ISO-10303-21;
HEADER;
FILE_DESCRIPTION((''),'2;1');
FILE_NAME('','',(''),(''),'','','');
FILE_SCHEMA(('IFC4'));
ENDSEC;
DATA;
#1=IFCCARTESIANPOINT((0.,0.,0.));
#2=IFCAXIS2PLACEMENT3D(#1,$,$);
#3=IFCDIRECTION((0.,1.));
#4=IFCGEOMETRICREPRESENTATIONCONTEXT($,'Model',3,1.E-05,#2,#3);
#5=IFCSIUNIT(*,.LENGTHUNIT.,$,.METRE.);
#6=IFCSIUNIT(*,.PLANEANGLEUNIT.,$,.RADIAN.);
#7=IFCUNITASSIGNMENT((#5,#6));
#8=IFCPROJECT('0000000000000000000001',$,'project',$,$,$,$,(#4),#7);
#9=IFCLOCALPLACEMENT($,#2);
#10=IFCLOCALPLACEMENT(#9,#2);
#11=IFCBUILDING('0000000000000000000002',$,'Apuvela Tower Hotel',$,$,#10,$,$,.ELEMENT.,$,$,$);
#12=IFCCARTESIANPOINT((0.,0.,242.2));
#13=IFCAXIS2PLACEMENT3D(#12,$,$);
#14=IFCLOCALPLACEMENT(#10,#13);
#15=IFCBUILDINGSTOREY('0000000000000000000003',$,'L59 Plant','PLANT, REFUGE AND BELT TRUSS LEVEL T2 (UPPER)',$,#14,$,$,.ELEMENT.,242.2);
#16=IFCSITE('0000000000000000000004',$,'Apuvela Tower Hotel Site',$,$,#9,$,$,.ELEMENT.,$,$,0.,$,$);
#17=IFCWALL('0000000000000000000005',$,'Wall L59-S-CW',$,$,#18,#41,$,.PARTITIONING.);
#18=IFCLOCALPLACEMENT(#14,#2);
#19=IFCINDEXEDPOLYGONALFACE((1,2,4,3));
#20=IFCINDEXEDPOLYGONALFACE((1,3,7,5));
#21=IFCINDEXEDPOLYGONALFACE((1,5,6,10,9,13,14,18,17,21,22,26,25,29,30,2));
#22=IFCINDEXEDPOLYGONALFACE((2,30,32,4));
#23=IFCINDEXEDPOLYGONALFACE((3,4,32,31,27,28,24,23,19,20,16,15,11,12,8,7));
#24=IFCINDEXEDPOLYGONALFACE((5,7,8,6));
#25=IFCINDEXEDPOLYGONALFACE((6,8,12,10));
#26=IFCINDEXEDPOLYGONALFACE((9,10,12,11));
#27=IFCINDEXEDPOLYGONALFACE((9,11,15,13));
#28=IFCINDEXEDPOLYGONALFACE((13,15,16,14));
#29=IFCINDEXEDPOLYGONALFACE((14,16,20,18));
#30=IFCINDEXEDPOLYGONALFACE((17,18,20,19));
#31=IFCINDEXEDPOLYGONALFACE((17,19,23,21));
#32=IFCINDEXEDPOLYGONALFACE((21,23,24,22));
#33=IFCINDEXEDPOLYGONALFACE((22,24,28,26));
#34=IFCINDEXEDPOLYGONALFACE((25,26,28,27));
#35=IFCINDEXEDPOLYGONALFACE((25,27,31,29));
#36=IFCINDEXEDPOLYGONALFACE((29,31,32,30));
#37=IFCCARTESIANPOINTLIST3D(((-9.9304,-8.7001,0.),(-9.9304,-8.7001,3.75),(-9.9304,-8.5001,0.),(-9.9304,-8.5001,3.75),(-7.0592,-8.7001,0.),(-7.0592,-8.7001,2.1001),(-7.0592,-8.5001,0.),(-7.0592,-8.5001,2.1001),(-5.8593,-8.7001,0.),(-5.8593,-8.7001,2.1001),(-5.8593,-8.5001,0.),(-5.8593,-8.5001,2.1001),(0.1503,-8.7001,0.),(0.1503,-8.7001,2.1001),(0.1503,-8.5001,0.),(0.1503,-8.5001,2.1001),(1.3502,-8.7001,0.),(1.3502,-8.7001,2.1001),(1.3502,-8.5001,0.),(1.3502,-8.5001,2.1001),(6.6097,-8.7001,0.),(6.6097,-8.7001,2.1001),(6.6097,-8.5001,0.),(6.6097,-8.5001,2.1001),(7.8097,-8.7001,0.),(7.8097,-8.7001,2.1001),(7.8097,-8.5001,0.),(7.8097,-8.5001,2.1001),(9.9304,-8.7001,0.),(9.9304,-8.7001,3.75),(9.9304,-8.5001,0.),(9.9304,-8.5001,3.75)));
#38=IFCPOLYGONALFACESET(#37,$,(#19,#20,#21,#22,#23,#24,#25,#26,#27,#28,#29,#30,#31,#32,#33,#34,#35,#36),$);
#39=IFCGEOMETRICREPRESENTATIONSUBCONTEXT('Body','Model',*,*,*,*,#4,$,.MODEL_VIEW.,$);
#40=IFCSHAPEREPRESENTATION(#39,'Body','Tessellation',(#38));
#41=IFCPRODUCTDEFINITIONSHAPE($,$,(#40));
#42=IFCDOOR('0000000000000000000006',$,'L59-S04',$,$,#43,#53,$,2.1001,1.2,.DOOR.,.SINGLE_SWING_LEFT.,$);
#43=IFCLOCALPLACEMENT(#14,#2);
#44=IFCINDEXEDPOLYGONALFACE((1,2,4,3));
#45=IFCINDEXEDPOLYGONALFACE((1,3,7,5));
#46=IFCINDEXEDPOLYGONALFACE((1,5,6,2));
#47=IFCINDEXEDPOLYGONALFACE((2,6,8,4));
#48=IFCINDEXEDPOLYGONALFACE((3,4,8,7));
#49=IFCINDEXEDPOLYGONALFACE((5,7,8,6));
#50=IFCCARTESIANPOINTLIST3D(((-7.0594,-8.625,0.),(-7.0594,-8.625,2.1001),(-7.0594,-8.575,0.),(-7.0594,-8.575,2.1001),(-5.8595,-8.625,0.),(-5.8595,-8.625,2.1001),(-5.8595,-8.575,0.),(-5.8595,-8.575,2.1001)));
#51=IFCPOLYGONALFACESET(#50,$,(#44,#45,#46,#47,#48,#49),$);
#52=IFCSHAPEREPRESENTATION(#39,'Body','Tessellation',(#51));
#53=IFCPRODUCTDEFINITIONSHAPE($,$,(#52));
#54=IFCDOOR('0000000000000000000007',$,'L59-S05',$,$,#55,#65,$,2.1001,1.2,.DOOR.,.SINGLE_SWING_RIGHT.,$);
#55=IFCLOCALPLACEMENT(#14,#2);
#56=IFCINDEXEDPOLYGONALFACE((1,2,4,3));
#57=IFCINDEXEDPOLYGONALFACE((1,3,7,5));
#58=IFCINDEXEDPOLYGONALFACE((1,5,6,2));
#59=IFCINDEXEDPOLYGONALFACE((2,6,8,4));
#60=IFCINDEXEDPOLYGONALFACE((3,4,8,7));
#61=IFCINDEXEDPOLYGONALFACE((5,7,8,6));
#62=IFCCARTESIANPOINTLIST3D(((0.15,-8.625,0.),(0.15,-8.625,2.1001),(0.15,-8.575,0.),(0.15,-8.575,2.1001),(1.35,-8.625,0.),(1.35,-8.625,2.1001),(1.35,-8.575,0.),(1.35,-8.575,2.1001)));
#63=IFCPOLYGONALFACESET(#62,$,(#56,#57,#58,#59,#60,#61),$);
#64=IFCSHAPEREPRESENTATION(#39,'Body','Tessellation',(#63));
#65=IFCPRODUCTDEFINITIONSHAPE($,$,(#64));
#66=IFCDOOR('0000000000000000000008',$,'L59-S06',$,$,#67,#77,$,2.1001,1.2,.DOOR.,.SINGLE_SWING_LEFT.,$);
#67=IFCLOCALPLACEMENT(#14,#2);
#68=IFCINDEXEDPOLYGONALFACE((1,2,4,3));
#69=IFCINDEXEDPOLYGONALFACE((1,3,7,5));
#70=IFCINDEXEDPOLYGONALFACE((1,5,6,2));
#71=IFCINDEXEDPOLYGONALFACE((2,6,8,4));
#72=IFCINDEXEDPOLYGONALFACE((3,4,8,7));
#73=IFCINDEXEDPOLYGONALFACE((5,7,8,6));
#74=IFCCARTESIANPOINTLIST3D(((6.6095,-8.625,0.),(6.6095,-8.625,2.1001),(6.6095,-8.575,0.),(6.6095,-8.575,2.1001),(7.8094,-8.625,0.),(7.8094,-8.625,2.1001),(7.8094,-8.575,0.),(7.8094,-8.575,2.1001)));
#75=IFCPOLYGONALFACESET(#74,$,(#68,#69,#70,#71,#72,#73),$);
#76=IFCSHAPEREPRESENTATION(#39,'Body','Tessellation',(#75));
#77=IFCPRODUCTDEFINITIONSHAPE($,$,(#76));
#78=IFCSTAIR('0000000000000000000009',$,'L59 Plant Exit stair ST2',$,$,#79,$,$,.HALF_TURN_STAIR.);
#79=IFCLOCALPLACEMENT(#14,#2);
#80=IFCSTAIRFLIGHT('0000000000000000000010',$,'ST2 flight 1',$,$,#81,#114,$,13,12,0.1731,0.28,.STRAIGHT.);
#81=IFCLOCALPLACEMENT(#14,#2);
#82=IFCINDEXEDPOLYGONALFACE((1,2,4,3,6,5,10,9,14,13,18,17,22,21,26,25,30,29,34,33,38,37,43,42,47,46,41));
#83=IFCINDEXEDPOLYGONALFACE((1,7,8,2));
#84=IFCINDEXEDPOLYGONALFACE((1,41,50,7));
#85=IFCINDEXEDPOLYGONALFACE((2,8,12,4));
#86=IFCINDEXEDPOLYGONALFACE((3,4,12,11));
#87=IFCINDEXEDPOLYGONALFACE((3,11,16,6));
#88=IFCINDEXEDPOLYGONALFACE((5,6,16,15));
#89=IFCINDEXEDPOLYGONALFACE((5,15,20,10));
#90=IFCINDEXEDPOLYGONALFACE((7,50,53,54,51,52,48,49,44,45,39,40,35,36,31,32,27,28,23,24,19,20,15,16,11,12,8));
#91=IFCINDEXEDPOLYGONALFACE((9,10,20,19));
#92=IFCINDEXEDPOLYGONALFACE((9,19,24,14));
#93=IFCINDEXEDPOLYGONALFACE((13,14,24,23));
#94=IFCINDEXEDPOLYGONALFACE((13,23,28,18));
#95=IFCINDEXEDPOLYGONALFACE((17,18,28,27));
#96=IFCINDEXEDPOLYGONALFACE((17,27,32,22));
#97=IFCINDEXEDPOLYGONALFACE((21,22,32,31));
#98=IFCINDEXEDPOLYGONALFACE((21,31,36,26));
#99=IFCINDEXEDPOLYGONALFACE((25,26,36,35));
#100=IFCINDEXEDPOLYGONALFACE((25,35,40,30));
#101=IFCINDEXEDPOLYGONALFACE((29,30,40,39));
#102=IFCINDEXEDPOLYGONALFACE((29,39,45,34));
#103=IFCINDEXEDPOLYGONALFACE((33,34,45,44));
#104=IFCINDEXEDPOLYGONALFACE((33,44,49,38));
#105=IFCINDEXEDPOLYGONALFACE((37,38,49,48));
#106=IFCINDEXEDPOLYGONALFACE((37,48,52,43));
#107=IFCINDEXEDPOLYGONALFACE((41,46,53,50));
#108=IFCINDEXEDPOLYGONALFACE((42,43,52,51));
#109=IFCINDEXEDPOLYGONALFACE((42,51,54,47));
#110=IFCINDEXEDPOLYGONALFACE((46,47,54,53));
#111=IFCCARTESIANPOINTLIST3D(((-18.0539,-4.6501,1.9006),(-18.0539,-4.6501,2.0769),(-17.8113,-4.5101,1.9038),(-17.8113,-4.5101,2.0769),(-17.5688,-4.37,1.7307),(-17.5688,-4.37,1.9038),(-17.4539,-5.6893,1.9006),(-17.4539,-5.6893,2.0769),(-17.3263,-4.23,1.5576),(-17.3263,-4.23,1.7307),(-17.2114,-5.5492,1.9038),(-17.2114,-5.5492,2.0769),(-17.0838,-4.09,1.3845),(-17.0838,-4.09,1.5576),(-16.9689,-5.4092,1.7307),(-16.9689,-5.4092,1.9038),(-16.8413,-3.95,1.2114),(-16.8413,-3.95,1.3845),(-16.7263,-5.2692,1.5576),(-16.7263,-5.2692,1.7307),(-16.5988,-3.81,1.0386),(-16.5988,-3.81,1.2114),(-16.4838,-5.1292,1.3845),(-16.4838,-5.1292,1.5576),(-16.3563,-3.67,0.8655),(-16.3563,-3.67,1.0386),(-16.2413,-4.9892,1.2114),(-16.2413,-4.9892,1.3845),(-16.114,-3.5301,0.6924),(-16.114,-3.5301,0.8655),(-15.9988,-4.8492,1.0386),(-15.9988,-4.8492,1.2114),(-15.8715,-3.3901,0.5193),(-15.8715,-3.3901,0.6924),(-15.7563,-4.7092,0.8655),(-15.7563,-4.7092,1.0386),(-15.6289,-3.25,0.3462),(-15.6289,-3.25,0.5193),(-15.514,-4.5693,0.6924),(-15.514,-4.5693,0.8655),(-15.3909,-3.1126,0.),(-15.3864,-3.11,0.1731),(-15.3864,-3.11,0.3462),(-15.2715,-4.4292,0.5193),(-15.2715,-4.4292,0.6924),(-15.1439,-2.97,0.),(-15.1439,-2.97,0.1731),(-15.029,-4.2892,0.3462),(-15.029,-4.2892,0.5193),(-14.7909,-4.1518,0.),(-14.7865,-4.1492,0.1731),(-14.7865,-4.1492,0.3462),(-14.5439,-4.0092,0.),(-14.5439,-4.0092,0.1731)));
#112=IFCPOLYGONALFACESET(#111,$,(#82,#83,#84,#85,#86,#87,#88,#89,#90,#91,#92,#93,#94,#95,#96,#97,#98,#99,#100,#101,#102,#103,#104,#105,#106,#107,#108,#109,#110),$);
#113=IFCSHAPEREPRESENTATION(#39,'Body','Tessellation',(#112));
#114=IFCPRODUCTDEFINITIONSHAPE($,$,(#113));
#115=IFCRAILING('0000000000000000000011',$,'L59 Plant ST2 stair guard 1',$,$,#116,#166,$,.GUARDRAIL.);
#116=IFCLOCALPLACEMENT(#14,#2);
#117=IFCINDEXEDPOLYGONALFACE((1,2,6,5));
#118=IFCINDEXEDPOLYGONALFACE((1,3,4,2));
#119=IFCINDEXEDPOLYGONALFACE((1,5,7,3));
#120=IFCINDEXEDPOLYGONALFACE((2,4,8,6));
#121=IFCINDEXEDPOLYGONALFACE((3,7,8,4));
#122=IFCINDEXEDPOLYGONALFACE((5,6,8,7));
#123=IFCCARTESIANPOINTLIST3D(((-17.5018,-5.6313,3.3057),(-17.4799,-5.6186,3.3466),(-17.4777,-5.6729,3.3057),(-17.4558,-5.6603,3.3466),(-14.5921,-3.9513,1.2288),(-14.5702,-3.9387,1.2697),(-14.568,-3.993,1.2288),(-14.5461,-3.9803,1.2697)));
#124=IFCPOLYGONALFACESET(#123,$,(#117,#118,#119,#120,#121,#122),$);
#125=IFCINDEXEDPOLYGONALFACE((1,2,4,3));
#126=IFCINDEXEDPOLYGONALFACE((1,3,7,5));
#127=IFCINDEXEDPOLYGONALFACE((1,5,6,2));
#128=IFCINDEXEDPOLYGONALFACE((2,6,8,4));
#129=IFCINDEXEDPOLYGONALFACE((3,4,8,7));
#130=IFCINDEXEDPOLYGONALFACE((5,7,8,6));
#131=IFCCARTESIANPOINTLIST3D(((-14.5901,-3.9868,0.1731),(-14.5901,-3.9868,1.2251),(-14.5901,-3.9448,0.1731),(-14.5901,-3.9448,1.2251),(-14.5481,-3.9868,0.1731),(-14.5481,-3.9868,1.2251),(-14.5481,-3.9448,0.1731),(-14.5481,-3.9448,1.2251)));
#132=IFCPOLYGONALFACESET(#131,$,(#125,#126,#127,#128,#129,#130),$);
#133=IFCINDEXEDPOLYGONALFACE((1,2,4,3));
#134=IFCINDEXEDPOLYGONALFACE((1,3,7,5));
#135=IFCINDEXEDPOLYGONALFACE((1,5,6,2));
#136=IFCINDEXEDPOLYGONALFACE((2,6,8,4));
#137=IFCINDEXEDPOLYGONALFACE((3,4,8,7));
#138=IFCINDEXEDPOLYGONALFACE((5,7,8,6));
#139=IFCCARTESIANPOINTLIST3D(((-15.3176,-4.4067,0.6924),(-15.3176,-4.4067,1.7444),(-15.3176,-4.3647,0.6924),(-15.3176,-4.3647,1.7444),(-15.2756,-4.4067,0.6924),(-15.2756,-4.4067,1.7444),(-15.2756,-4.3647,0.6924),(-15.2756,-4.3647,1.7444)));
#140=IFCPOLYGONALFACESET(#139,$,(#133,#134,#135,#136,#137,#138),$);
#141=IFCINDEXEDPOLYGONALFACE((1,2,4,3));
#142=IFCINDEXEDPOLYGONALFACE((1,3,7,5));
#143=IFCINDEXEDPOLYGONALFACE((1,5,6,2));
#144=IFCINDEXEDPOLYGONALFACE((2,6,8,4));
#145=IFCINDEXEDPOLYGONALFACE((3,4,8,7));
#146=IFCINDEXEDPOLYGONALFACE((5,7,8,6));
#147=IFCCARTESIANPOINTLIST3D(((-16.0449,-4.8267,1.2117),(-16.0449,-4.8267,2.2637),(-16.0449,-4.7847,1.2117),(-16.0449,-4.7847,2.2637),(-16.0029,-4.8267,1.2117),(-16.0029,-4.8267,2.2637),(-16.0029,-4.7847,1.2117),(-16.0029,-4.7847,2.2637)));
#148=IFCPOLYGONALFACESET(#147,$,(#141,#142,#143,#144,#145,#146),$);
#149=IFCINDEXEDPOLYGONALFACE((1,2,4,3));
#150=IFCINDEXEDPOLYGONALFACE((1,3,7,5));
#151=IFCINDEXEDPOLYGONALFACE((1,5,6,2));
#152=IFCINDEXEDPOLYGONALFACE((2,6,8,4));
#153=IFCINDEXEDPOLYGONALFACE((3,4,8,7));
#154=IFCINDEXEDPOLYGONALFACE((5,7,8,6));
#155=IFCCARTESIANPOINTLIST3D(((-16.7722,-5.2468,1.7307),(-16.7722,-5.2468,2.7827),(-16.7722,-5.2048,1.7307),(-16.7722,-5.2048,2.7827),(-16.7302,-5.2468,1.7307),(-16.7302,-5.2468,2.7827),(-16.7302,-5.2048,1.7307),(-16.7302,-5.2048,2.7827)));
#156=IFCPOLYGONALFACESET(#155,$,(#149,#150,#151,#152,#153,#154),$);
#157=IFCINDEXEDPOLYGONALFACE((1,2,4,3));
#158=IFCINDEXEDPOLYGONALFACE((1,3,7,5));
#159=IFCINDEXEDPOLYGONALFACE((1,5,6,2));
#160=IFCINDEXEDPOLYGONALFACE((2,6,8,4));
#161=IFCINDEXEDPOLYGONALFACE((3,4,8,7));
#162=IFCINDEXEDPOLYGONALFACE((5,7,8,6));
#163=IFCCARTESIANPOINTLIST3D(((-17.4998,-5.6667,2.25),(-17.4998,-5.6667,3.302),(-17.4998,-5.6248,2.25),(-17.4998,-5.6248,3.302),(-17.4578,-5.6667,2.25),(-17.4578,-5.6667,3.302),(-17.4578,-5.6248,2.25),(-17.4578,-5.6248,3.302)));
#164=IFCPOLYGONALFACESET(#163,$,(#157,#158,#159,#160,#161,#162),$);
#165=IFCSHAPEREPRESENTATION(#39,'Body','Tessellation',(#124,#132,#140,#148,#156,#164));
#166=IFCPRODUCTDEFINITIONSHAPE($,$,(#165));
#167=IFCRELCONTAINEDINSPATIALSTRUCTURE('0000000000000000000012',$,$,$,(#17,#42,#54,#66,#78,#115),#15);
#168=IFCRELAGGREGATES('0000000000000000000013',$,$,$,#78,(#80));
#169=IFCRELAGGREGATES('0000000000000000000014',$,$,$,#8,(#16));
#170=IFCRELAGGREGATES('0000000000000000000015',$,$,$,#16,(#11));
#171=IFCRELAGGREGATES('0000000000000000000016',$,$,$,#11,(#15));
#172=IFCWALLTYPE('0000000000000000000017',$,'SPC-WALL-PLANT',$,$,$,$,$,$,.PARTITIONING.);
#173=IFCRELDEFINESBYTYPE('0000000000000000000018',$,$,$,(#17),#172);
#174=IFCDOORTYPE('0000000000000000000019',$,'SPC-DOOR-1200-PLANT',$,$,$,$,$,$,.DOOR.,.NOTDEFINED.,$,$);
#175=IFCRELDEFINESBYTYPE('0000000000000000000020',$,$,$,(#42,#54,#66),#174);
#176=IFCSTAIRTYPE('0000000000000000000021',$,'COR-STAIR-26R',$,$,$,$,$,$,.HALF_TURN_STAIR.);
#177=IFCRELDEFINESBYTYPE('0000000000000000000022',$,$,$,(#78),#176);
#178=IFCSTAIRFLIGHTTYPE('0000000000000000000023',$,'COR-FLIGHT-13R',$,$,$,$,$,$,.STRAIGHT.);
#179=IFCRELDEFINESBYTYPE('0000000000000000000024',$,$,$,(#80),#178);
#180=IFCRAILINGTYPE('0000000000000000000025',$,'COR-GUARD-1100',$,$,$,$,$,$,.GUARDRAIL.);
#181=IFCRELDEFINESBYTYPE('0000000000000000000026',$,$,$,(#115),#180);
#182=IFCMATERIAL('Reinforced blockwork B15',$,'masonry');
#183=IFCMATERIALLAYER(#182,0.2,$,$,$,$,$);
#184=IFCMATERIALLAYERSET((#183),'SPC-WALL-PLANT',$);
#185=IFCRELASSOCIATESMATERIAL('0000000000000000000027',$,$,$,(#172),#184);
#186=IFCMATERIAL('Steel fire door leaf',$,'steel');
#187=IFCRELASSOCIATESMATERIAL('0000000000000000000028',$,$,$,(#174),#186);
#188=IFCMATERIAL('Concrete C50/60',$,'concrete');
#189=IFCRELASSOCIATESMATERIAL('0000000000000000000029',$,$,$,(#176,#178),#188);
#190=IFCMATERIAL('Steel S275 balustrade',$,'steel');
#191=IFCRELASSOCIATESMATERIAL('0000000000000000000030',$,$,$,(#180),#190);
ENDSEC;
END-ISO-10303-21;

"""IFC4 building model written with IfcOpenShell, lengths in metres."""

from ifc_helpers import new_model, si_unit, direction, frame, frame_2d, origin, origin_2d, place, context, subcontext, project, spatial, polyline, rectangle, outline, extrude, material, layer, layer_set, type_object, element, fill, aggregate, save


model = new_model("IFC4")

# Units and contexts
model_context = context("Model", 3, precision=1e-05, world=origin(), true_north=direction((0.0, 1.0)))
body_context = subcontext(model_context, "Body", "Model", "MODEL_VIEW")
ifc_project = project(units=[si_unit("LENGTHUNIT", "METRE"), si_unit("PLANEANGLEUNIT", "RADIAN")], contexts=[model_context])

# Site, building, storey
site_placement = place(None, origin())
site = spatial("IfcSite", under=ifc_project, at=site_placement, Name="Apuvela Tower Hotel Site", CompositionType="ELEMENT", RefElevation=0.0)
building_placement = place(site_placement, origin())
building = spatial("IfcBuilding", under=site, at=building_placement, Name="Apuvela Tower Hotel", CompositionType="ELEMENT")
storey_placement = place(building_placement, frame((0.0, 0.0, 242.2)))
storey = spatial("IfcBuildingStorey", under=building, at=storey_placement, Name="L59 Plant", Description="PLANT, REFUGE AND BELT TRUSS LEVEL T2 (UPPER)", CompositionType="ELEMENT", Elevation=242.2)

# Shared definitions
ifc_material_1 = material(Name="Concrete C50/60", Category="concrete")

# Shared definitions
ifc_material_2 = material(Name="Reinforced blockwork B15", Category="masonry")
ifc_layer_1 = layer(ifc_material_2, 0.2)
ifc_layer_set_1 = layer_set([ifc_layer_1], Name="SPC-WALL-PLANT")
wall_type_1 = type_object("IfcWallType", Name="SPC-WALL-PLANT", PredefinedType="PARTITIONING", material=ifc_layer_set_1)

# Wall, openings, doors
wall_1_placement = place(storey_placement, frame((-9.9304, -8.6001, 0.0), z_axis=(0.0, 0.0, 1.0), x_axis=(1.0, 0.0, 0.0)))
wall_1 = element("IfcWall", 1, at=wall_1_placement, inside=storey, type_object=wall_type_1, Name="Wall L59-S-CW", PredefinedType="PARTITIONING", context=body_context, shape_type="SweptSolid", body=[
    extrude(rectangle(XDim=19.8608, YDim=0.2, at=frame_2d((9.9304, 0.0))), origin(), (0.0, 0.0, 1.0), 3.75),
])
opening_1_placement = place(wall_1_placement, frame((2.8711, 0.0, 0.0)))
opening_1 = element("IfcOpeningElement", 2, at=opening_1_placement, cuts=wall_1, PredefinedType="OPENING", context=body_context, shape_type="SweptSolid", body=[
    extrude(rectangle(XDim=1.2, YDim=2.1001, at=frame_2d((0.6001, 1.05))), frame((0.0, 0.1099, 0.0), z_axis=(0.0, -1.0, 0.0), x_axis=(1.0, 0.0, 0.0)), (0.0, 0.0, 1.0), 0.22),
])
opening_2_placement = place(wall_1_placement, frame((10.0806, 0.0, 0.0)))
opening_2 = element("IfcOpeningElement", 3, at=opening_2_placement, cuts=wall_1, PredefinedType="OPENING", context=body_context, shape_type="SweptSolid", body=[
    extrude(rectangle(XDim=1.2, YDim=2.1001, at=frame_2d((0.6001, 1.05))), frame((0.0, 0.1099, 0.0), z_axis=(0.0, -1.0, 0.0), x_axis=(1.0, 0.0, 0.0)), (0.0, 0.0, 1.0), 0.22),
])
opening_3_placement = place(wall_1_placement, frame((16.54, 0.0, 0.0)))
opening_3 = element("IfcOpeningElement", 4, at=opening_3_placement, cuts=wall_1, PredefinedType="OPENING", context=body_context, shape_type="SweptSolid", body=[
    extrude(rectangle(XDim=1.2, YDim=2.1001, at=frame_2d((0.6001, 1.05))), frame((0.0, 0.1099, 0.0), z_axis=(0.0, -1.0, 0.0), x_axis=(1.0, 0.0, 0.0)), (0.0, 0.0, 1.0), 0.22),
])
ifc_material_3 = material(Name="Steel fire door leaf", Category="steel")
door_type_1 = type_object("IfcDoorType", Name="SPC-DOOR-1200-PLANT", OperationType="NOTDEFINED", PredefinedType="DOOR", material=ifc_material_3)
door_1_placement = place(opening_1_placement, frame((1.2, 0.0, 0.0), z_axis=(0.0, 0.0, 1.0), x_axis=(-1.0, 0.0, 0.0)))
door_1 = element("IfcDoor", 5, at=door_1_placement, inside=storey, type_object=door_type_1, Name="L59-S04", OperationType="SINGLE_SWING_LEFT", OverallHeight=2.1001, OverallWidth=1.2, PredefinedType="DOOR", context=body_context, shape_type="SweptSolid", body=[
    extrude(rectangle(XDim=1.2, YDim=2.1001, at=frame_2d((0.6001, 1.05))), frame((0.0, 0.0249, 0.0), z_axis=(0.0, -1.0, 0.0), x_axis=(1.0, 0.0, 0.0)), (0.0, 0.0, 1.0), 0.05),
])
fill(opening_1, door_1)
door_2_placement = place(opening_2_placement, frame((1.2, 0.0, 0.0), z_axis=(0.0, 0.0, 1.0), x_axis=(-1.0, 0.0, 0.0)))
door_2 = element("IfcDoor", 6, at=door_2_placement, inside=storey, type_object=door_type_1, Name="L59-S05", OperationType="SINGLE_SWING_RIGHT", OverallHeight=2.1001, OverallWidth=1.2, PredefinedType="DOOR", context=body_context, shape_type="SweptSolid", body=[
    extrude(rectangle(XDim=1.2, YDim=2.1001, at=frame_2d((0.6001, 1.05))), frame((0.0, 0.0249, 0.0), z_axis=(0.0, -1.0, 0.0), x_axis=(1.0, 0.0, 0.0)), (0.0, 0.0, 1.0), 0.05),
])
fill(opening_2, door_2)
door_3_placement = place(opening_3_placement, frame((1.2, 0.0, 0.0), z_axis=(0.0, 0.0, 1.0), x_axis=(-1.0, 0.0, 0.0)))
door_3 = element("IfcDoor", 7, at=door_3_placement, inside=storey, type_object=door_type_1, Name="L59-S06", OperationType="SINGLE_SWING_LEFT", OverallHeight=2.1001, OverallWidth=1.2, PredefinedType="DOOR", context=body_context, shape_type="SweptSolid", body=[
    extrude(rectangle(XDim=1.2, YDim=2.1001, at=frame_2d((0.6001, 1.05))), frame((0.0, 0.0249, 0.0), z_axis=(0.0, -1.0, 0.0), x_axis=(1.0, 0.0, 0.0)), (0.0, 0.0, 1.0), 0.05),
])
fill(opening_3, door_3)

# Stair, stair flight
stair_type = type_object("IfcStairType", Name="COR-STAIR-26R", PredefinedType="HALF_TURN_STAIR", material=ifc_material_1)
stair_placement = place(storey_placement, origin())
stair = element("IfcStair", 8, at=stair_placement, inside=storey, type_object=stair_type, Name="L59 Plant Exit stair ST2", PredefinedType="HALF_TURN_STAIR")
stair_flight_type = type_object("IfcStairFlightType", Name="COR-FLIGHT-13R", PredefinedType="STRAIGHT", material=ifc_material_1)
stair_flight_placement = place(storey_placement, frame((-14.844, -3.4895, 0.0), z_axis=(0.0, 0.0, 1.0), x_axis=(-0.866025, -0.5, 0.0)))
stair_flight = element("IfcStairFlight", 9, at=stair_flight_placement, type_object=stair_flight_type, Name="ST2 flight 1", NumberOfRisers=13, NumberOfTreads=12, PredefinedType="STRAIGHT", RiserHeight=0.1731, TreadLength=0.28, context=body_context, shape_type="SweptSolid", body=[
    extrude(outline(polyline([(0.0, 0.0), (0.0, 0.1731), (0.28, 0.1731), (0.28, 0.3462), (0.5601, 0.3462), (0.5601, 0.5193), (0.8401, 0.5193), (0.8401, 0.6924), (1.1201, 0.6924), (1.1201, 0.8655), (1.3999, 0.8655), (1.3999, 1.0386), (1.6799, 1.0386), (1.6799, 1.2114), (1.96, 1.2114), (1.96, 1.3845), (2.24, 1.3845), (2.24, 1.5576), (2.52, 1.5576), (2.52, 1.7307), (2.8, 1.7307), (2.8, 1.9038), (3.0801, 1.9038), (3.0801, 2.0769), (3.3601, 2.0769), (3.3601, 2.25), (3.3601, 1.9006), (0.2852, 0.0), (0.0, 0.0)])), frame((0.0, 0.6001, 0.0), z_axis=(0.0, -1.0, 0.0), x_axis=(1.0, 0.0, 0.0)), (0.0, 0.0, 1.0), 1.2),
])
aggregate(stair, [stair_flight])

# Railing
ifc_material_4 = material(Name="Steel S275 balustrade", Category="steel")
railing_type = type_object("IfcRailingType", Name="COR-GUARD-1100", PredefinedType="GUARDRAIL", material=ifc_material_4)
railing_1_placement = place(storey_placement, frame((-14.5691, -3.9658, 0.1731)))
element("IfcRailing", 10, at=railing_1_placement, inside=storey, type_object=railing_type, Name="L59 Plant ST2 stair guard 1", PredefinedType="GUARDRAIL", context=body_context, shape_type="SweptSolid", body=[
    extrude(rectangle(XDim=0.0481, YDim=0.0481, at=origin_2d()), frame((0.0, 0.0, 1.0762), z_axis=(-0.73664, -0.425308, 0.525809), x_axis=(0.500008, -0.866021, 0.0)), (0.0, 0.0, 1.0), 3.95),
    extrude(rectangle(XDim=0.042, YDim=0.042, at=origin_2d()), origin(), (0.0, 0.0, 1.0), 1.052),
    extrude(rectangle(XDim=0.042, YDim=0.042, at=origin_2d()), frame((-0.7275, -0.4199, 0.5193)), (0.0, 0.0, 1.0), 1.052),
    extrude(rectangle(XDim=0.042, YDim=0.042, at=origin_2d()), frame((-1.4548, -0.8398, 1.0386)), (0.0, 0.0, 1.0), 1.052),
    extrude(rectangle(XDim=0.042, YDim=0.042, at=origin_2d()), frame((-2.1821, -1.26, 1.5576)), (0.0, 0.0, 1.0), 1.052),
    extrude(rectangle(XDim=0.042, YDim=0.042, at=origin_2d()), frame((-2.9097, -1.6799, 2.0769)), (0.0, 0.0, 1.0), 1.052),
])

save(model, "model.ifc")
